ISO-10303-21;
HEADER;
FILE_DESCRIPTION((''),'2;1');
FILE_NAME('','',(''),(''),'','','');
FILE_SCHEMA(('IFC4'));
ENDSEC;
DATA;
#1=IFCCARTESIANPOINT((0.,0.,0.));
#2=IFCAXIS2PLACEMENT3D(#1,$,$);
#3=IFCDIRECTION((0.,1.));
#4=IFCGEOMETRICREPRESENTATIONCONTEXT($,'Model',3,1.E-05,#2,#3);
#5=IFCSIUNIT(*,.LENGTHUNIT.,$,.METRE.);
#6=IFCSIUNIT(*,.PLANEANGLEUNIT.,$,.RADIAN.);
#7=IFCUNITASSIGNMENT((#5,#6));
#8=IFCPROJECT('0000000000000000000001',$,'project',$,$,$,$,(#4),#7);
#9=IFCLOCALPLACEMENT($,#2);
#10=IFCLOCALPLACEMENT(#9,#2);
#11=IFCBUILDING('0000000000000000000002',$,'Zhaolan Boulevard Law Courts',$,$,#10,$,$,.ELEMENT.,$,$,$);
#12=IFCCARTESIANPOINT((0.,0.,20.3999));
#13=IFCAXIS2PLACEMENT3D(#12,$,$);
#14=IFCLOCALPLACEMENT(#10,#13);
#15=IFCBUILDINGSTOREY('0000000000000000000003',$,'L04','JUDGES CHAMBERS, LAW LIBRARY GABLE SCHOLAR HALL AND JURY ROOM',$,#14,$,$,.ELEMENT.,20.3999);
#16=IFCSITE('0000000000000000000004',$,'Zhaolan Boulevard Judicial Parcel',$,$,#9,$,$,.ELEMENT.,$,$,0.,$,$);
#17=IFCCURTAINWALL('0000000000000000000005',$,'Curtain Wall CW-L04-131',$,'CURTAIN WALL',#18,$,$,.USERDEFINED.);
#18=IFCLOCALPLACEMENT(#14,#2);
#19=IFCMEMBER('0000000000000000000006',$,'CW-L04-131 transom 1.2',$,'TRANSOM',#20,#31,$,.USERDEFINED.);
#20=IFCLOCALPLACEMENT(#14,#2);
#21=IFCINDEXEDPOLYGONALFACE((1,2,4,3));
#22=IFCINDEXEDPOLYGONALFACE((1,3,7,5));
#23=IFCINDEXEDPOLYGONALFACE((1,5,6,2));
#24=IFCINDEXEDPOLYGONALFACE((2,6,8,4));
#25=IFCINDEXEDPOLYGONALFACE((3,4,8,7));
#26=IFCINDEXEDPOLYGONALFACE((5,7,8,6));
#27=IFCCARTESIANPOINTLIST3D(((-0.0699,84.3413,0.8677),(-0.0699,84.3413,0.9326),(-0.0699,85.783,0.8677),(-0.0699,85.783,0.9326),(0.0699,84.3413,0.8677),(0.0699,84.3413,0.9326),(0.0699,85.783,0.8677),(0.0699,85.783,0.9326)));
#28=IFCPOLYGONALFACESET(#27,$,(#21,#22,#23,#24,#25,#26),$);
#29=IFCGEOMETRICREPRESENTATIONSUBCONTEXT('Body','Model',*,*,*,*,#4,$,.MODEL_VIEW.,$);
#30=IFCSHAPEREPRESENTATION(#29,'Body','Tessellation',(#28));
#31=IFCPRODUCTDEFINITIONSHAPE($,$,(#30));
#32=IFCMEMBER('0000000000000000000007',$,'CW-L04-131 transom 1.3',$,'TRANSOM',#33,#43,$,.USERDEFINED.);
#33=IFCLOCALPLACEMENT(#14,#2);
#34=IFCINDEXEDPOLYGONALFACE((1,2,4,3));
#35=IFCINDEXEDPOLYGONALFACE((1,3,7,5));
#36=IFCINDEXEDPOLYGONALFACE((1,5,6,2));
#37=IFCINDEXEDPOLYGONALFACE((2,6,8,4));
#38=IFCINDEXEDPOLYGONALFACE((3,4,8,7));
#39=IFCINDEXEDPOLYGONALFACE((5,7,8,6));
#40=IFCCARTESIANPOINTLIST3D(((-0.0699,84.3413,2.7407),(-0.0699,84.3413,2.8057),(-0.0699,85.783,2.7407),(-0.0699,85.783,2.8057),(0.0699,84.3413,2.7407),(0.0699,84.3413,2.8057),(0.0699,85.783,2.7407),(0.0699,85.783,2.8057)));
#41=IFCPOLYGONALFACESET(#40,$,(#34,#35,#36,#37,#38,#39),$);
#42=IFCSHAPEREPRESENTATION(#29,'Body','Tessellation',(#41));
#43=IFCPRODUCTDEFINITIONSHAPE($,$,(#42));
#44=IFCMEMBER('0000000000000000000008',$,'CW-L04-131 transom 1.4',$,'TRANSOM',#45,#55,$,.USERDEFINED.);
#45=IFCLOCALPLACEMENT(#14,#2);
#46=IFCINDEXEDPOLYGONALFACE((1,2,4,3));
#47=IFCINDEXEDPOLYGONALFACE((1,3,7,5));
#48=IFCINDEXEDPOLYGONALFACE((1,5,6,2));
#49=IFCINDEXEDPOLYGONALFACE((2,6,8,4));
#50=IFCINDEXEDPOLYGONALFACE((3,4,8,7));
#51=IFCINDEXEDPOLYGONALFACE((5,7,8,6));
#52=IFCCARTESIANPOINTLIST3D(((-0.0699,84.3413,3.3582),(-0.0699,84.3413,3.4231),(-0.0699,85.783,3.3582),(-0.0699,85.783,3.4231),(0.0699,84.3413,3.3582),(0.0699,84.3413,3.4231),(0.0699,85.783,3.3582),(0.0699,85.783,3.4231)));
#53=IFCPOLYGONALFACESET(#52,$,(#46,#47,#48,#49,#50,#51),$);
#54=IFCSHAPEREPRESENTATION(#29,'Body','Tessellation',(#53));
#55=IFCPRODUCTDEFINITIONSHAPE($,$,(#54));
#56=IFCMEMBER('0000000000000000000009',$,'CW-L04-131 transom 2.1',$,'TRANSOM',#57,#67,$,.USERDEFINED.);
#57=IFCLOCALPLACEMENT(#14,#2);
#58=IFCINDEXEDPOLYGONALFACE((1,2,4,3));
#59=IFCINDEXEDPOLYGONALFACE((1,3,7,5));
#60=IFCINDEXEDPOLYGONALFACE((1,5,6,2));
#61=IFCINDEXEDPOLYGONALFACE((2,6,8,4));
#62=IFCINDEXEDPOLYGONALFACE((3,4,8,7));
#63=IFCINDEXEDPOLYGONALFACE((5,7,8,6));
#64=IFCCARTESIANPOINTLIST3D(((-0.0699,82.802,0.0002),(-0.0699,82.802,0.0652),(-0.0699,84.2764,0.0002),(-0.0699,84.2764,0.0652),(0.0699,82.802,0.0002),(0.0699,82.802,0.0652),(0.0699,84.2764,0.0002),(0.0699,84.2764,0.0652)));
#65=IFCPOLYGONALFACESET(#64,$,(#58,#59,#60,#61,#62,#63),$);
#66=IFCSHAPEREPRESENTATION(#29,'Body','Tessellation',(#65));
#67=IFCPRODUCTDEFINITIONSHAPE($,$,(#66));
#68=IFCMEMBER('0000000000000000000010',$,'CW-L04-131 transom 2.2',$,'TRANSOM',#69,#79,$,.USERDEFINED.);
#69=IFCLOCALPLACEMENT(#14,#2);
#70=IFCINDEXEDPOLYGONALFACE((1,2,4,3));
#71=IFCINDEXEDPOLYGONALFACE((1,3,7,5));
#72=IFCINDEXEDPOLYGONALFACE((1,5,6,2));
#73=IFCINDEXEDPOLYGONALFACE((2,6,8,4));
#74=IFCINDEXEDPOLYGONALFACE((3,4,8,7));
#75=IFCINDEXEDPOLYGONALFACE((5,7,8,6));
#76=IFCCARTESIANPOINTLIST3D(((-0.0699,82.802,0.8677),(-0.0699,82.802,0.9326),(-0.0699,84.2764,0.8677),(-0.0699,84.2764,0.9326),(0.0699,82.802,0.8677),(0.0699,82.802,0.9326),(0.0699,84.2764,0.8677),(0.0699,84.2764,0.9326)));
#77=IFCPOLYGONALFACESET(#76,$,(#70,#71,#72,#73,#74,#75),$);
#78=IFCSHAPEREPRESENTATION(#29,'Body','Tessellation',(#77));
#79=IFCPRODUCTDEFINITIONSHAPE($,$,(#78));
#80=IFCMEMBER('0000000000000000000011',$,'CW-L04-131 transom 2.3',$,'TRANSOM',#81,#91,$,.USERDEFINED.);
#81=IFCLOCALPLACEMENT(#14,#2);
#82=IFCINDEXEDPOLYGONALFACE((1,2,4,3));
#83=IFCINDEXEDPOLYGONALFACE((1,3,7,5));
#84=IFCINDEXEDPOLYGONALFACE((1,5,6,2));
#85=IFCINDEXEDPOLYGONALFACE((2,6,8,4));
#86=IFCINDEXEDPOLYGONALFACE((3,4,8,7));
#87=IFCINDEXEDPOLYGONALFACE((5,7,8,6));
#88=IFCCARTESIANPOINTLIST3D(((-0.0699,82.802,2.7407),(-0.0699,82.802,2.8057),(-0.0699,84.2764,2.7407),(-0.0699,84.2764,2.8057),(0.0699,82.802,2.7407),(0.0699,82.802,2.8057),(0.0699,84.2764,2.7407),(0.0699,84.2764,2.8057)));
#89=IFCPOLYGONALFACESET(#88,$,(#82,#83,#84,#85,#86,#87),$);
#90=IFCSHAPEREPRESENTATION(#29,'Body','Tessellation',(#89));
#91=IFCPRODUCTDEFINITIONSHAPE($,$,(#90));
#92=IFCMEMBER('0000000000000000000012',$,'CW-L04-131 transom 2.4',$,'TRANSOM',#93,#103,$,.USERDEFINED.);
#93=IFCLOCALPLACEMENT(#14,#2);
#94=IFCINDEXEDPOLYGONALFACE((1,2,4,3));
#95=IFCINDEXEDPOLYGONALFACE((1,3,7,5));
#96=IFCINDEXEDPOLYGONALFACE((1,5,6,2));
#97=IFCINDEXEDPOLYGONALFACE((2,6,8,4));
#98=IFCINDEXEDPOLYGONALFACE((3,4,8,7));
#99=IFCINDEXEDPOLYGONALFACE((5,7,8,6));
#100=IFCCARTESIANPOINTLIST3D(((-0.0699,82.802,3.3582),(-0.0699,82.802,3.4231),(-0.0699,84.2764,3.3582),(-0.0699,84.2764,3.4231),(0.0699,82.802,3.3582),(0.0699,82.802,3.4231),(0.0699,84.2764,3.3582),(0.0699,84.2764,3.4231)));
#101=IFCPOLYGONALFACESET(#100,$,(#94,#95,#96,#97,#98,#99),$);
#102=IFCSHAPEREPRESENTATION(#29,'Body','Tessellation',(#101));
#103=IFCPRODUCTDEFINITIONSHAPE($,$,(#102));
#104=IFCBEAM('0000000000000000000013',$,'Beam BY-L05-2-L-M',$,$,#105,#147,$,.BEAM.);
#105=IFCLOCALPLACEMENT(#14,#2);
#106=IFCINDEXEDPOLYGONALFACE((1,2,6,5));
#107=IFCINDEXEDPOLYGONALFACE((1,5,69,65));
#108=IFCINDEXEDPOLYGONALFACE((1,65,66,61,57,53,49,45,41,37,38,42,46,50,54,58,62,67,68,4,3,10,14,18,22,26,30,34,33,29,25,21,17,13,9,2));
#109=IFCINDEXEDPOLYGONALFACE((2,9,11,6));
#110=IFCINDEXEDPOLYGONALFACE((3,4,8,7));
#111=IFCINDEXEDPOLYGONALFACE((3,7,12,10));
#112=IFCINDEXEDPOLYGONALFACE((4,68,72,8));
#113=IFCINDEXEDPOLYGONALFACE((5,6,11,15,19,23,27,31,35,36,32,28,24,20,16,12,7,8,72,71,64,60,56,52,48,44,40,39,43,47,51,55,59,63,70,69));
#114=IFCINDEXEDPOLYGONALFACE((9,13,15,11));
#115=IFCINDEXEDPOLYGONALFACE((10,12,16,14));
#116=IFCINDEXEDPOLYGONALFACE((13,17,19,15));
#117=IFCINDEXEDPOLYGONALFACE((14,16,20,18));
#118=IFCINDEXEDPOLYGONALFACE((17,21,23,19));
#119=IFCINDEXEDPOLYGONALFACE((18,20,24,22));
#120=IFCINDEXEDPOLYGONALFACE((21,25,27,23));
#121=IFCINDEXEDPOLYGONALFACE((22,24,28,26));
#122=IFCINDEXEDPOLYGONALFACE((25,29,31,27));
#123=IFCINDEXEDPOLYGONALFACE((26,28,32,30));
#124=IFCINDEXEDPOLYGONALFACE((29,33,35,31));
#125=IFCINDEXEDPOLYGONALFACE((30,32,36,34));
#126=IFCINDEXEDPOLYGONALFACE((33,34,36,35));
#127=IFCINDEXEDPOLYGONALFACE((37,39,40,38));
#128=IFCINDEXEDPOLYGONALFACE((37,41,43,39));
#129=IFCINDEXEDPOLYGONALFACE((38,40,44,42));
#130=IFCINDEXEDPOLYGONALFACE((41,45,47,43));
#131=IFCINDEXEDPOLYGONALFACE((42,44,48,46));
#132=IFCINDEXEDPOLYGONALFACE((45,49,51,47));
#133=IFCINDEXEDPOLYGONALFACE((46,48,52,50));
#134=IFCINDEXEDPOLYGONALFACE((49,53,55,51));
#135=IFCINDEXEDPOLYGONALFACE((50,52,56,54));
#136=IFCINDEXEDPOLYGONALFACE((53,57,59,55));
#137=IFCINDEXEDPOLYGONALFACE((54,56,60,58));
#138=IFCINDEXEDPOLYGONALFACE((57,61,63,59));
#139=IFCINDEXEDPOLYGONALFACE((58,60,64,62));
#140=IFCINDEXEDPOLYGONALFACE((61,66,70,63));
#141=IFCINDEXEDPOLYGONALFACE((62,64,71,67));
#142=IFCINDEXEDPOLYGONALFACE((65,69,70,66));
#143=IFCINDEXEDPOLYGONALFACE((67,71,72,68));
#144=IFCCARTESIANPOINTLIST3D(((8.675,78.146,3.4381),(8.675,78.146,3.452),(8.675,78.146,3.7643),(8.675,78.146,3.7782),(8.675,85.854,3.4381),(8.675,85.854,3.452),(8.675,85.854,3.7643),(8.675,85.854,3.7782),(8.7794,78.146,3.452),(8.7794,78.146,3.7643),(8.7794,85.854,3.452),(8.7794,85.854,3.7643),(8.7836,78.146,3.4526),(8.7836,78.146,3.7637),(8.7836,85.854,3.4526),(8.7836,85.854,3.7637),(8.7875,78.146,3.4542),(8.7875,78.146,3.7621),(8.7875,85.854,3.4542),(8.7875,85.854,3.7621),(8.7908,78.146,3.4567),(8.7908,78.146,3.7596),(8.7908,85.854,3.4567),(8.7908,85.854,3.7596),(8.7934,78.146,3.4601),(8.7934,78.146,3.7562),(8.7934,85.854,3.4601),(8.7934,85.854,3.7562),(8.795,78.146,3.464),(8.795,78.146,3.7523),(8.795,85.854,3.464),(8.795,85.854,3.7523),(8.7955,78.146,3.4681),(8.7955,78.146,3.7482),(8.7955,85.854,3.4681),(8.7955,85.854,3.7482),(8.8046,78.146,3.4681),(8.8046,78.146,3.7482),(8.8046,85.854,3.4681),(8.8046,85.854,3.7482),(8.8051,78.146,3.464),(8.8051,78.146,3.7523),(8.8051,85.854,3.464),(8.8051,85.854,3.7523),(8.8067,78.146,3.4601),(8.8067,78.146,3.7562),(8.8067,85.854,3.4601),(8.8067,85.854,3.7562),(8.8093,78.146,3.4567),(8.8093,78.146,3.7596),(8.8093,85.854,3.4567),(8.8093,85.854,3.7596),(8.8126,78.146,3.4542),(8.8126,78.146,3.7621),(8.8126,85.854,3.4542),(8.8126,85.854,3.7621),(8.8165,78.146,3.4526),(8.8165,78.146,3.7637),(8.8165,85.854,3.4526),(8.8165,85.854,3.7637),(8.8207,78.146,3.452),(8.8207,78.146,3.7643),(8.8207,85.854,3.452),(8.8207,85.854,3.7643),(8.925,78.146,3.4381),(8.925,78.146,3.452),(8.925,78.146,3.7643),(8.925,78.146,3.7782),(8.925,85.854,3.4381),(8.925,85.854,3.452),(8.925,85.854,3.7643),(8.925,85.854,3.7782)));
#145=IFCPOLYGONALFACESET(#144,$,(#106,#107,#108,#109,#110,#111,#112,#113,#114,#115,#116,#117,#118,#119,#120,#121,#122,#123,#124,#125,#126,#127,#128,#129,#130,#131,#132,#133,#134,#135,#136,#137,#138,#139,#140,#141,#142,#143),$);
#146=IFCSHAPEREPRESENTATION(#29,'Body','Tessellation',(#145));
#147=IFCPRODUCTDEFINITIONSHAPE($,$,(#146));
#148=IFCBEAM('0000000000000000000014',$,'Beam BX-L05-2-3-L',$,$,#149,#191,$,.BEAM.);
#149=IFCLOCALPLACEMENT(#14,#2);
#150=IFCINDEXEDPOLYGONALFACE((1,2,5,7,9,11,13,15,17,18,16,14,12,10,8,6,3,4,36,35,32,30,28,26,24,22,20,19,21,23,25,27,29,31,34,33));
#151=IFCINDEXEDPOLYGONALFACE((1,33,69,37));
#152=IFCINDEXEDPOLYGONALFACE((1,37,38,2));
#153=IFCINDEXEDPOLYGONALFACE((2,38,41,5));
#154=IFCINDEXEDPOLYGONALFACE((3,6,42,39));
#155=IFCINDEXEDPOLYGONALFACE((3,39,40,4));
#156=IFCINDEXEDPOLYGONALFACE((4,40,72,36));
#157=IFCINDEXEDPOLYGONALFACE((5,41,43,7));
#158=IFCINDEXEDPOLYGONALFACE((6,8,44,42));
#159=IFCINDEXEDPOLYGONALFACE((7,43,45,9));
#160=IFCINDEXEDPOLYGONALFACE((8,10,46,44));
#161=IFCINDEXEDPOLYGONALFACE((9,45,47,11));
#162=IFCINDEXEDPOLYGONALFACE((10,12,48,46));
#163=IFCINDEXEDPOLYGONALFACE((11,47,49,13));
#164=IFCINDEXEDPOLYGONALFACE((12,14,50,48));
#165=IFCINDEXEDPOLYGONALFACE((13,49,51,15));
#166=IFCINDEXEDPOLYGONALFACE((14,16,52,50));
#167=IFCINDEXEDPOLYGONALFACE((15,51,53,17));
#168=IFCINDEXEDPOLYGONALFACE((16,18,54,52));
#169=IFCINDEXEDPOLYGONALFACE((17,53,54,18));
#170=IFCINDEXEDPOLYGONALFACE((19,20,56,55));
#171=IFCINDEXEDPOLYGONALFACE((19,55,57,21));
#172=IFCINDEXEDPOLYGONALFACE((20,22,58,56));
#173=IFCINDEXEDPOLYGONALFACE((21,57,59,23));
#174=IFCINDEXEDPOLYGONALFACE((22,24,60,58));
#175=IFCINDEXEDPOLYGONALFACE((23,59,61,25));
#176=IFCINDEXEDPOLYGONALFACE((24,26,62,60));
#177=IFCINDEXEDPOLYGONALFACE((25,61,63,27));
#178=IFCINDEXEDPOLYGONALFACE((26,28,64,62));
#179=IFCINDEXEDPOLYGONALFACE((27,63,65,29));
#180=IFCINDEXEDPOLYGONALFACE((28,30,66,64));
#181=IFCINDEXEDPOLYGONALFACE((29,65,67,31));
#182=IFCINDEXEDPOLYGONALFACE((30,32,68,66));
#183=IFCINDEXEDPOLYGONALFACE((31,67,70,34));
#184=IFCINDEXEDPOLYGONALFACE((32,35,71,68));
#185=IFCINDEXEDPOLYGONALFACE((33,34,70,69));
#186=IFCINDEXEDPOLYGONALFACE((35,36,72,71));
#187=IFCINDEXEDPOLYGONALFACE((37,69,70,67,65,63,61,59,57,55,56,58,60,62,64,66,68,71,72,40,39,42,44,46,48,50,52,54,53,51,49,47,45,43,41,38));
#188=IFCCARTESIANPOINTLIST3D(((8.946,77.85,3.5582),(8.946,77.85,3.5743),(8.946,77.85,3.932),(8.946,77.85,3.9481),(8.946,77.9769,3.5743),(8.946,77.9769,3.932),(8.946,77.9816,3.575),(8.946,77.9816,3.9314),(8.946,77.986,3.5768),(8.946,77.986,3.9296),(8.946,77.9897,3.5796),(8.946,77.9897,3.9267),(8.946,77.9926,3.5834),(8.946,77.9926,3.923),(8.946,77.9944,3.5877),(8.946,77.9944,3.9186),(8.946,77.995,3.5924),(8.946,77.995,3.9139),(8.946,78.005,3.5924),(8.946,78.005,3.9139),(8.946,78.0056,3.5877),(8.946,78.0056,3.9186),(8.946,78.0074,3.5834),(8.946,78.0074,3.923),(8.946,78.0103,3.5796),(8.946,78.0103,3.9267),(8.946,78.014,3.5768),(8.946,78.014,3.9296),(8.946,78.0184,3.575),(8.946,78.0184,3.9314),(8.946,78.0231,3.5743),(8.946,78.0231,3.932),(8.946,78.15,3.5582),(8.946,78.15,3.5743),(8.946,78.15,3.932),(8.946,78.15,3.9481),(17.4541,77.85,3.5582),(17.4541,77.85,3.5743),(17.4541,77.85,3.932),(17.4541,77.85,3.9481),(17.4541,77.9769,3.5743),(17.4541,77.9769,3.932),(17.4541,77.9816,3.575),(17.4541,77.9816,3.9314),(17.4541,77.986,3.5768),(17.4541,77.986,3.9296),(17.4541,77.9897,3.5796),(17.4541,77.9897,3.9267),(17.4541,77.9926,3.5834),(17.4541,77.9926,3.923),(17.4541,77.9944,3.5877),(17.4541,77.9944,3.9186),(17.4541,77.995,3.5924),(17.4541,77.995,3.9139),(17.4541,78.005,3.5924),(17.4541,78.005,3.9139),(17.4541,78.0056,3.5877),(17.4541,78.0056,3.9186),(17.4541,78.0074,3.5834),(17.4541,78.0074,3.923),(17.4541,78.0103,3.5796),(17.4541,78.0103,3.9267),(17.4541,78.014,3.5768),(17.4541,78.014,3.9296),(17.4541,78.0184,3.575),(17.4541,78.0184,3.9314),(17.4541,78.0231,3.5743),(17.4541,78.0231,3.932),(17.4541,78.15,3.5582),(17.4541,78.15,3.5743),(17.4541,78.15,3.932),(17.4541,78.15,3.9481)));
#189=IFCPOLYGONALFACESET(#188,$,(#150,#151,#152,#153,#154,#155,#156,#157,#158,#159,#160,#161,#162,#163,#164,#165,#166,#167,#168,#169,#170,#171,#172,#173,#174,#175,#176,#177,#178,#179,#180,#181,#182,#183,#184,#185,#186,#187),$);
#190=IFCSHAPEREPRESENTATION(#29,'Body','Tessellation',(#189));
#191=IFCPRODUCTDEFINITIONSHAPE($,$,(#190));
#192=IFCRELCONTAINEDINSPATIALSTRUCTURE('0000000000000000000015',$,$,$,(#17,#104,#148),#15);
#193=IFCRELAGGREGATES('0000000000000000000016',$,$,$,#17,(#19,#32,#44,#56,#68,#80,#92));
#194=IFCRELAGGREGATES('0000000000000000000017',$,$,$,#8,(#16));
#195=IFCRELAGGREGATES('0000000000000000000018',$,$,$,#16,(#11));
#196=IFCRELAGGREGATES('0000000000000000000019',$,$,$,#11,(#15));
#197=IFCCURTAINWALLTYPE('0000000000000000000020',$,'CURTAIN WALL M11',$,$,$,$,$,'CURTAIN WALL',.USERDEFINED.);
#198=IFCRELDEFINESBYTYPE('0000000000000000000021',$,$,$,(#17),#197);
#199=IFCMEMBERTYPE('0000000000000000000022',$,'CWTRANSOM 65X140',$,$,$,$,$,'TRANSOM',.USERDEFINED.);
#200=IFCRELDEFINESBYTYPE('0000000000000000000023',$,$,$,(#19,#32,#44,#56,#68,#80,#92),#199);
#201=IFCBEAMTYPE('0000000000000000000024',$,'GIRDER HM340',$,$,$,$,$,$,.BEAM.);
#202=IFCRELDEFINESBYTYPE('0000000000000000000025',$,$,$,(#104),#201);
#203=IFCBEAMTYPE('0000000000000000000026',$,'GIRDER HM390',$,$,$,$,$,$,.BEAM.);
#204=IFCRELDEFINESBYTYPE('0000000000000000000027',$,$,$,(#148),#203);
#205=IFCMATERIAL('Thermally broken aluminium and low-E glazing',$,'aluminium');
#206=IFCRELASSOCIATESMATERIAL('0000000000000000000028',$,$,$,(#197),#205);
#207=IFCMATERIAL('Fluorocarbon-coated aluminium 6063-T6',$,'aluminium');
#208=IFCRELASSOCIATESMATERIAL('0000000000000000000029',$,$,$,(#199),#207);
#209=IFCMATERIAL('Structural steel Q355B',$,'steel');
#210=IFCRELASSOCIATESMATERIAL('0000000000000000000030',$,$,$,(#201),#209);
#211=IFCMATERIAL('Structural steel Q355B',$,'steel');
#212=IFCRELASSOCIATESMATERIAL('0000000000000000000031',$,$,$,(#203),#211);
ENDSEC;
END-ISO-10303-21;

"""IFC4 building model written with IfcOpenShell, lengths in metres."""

from ifc_helpers import new_model, si_unit, direction, frame, origin, origin_2d, place, context, subcontext, project, spatial, rectangle, i_section, extrude, material, material_profile, profile_set, type_object, element, aggregate, save


model = new_model("IFC4")

# Units and contexts
model_context = context("Model", 3, precision=1e-05, world=origin(), true_north=direction((0.0, 1.0)))
body_context = subcontext(model_context, "Body", "Model", "MODEL_VIEW")
ifc_project = project(units=[si_unit("LENGTHUNIT", "METRE"), si_unit("PLANEANGLEUNIT", "RADIAN")], contexts=[model_context])

# Site, building, storey
site_placement = place(None, origin())
site = spatial("IfcSite", under=ifc_project, at=site_placement, Name="Zhaolan Boulevard Judicial Parcel", CompositionType="ELEMENT", RefElevation=0.0)
building_placement = place(site_placement, origin())
building = spatial("IfcBuilding", under=site, at=building_placement, Name="Zhaolan Boulevard Law Courts", CompositionType="ELEMENT")
storey_placement = place(building_placement, frame((0.0, 0.0, 20.3999)))
storey = spatial("IfcBuildingStorey", under=building, at=storey_placement, Name="L04", Description="JUDGES CHAMBERS, LAW LIBRARY GABLE SCHOLAR HALL AND JURY ROOM", CompositionType="ELEMENT", Elevation=20.3999)

# Curtain wall, members
ifc_material_1 = material(Name="Thermally broken aluminium and low-E glazing", Category="aluminium")
curtain_wall_type = type_object("IfcCurtainWallType", Name="CURTAIN WALL M11", ElementType="CURTAIN WALL", PredefinedType="USERDEFINED", material=ifc_material_1)
curtain_wall_placement = place(storey_placement, origin())
curtain_wall = element("IfcCurtainWall", 1, at=curtain_wall_placement, inside=storey, type_object=curtain_wall_type, Name="Curtain Wall CW-L04-131", ObjectType="CURTAIN WALL", PredefinedType="USERDEFINED")
ifc_material_2 = material(Name="Fluorocarbon-coated aluminium 6063-T6", Category="aluminium")
ifc_material_profile_1 = material_profile(ifc_material_2, rectangle(XDim=0.1399, YDim=0.0649, at=origin_2d()), Name="AL65x140")
ifc_profile_set_1 = profile_set([ifc_material_profile_1], Name="Fluorocarbon-coated aluminium 6063-T6")
member_type_1 = type_object("IfcMemberType", Name="CWTRANSOM 65X140", ElementType="TRANSOM", PredefinedType="USERDEFINED", material=ifc_profile_set_1)
member_1_placement = place(storey_placement, frame((0.0, 85.783, 0.9001), z_axis=(0.0, -1.0, 0.0), x_axis=(1.0, 0.0, 0.0)))
member_1 = element("IfcMember", 2, at=member_1_placement, type_object=member_type_1, Name="CW-L04-131 transom 1.2", ObjectType="TRANSOM", PredefinedType="USERDEFINED", context=body_context, shape_type="SweptSolid", body=[
    extrude(rectangle(XDim=0.1399, YDim=0.0649, at=origin_2d()), origin(), (0.0, 0.0, 1.0), 1.4417),
])
member_2_placement = place(storey_placement, frame((0.0, 85.783, 2.7732), z_axis=(0.0, -1.0, 0.0), x_axis=(1.0, 0.0, 0.0)))
member_2 = element("IfcMember", 3, at=member_2_placement, type_object=member_type_1, Name="CW-L04-131 transom 1.3", ObjectType="TRANSOM", PredefinedType="USERDEFINED", context=body_context, shape_type="SweptSolid", body=[
    extrude(rectangle(XDim=0.1399, YDim=0.0649, at=origin_2d()), origin(), (0.0, 0.0, 1.0), 1.4417),
])
member_3_placement = place(storey_placement, frame((0.0, 85.783, 3.3906), z_axis=(0.0, -1.0, 0.0), x_axis=(1.0, 0.0, 0.0)))
member_3 = element("IfcMember", 4, at=member_3_placement, type_object=member_type_1, Name="CW-L04-131 transom 1.4", ObjectType="TRANSOM", PredefinedType="USERDEFINED", context=body_context, shape_type="SweptSolid", body=[
    extrude(rectangle(XDim=0.1399, YDim=0.0649, at=origin_2d()), origin(), (0.0, 0.0, 1.0), 1.4417),
])
member_4_placement = place(storey_placement, frame((0.0, 84.2764, 0.0327), z_axis=(0.0, -1.0, 0.0), x_axis=(1.0, 0.0, 0.0)))
member_4 = element("IfcMember", 5, at=member_4_placement, type_object=member_type_1, Name="CW-L04-131 transom 2.1", ObjectType="TRANSOM", PredefinedType="USERDEFINED", context=body_context, shape_type="SweptSolid", body=[
    extrude(rectangle(XDim=0.1399, YDim=0.0649, at=origin_2d()), origin(), (0.0, 0.0, 1.0), 1.4744),
])
member_5_placement = place(storey_placement, frame((0.0, 84.2764, 0.9001), z_axis=(0.0, -1.0, 0.0), x_axis=(1.0, 0.0, 0.0)))
member_5 = element("IfcMember", 6, at=member_5_placement, type_object=member_type_1, Name="CW-L04-131 transom 2.2", ObjectType="TRANSOM", PredefinedType="USERDEFINED", context=body_context, shape_type="SweptSolid", body=[
    extrude(rectangle(XDim=0.1399, YDim=0.0649, at=origin_2d()), origin(), (0.0, 0.0, 1.0), 1.4744),
])
member_6_placement = place(storey_placement, frame((0.0, 84.2764, 2.7732), z_axis=(0.0, -1.0, 0.0), x_axis=(1.0, 0.0, 0.0)))
member_6 = element("IfcMember", 7, at=member_6_placement, type_object=member_type_1, Name="CW-L04-131 transom 2.3", ObjectType="TRANSOM", PredefinedType="USERDEFINED", context=body_context, shape_type="SweptSolid", body=[
    extrude(rectangle(XDim=0.1399, YDim=0.0649, at=origin_2d()), origin(), (0.0, 0.0, 1.0), 1.4744),
])
member_7_placement = place(storey_placement, frame((0.0, 84.2764, 3.3906), z_axis=(0.0, -1.0, 0.0), x_axis=(1.0, 0.0, 0.0)))
member_7 = element("IfcMember", 8, at=member_7_placement, type_object=member_type_1, Name="CW-L04-131 transom 2.4", ObjectType="TRANSOM", PredefinedType="USERDEFINED", context=body_context, shape_type="SweptSolid", body=[
    extrude(rectangle(XDim=0.1399, YDim=0.0649, at=origin_2d()), origin(), (0.0, 0.0, 1.0), 1.4744),
])

# Beams
ifc_material_3 = material(Name="Structural steel Q355B", Category="steel")
ifc_material_profile_2 = material_profile(ifc_material_3, i_section(OverallWidth=0.25, OverallDepth=0.3401, WebThickness=0.009, FlangeThickness=0.0139, FilletRadius=0.0161, at=origin_2d()), Name="HM340x250")
ifc_profile_set_2 = profile_set([ifc_material_profile_2], Name="Structural steel Q355B")
beam_type_1 = type_object("IfcBeamType", Name="GIRDER HM340", PredefinedType="BEAM", material=ifc_profile_set_2)
beam_1_placement = place(storey_placement, frame((8.8, 78.146, 3.6082), z_axis=(0.0, 1.0, 0.0), x_axis=(-1.0, 0.0, 0.0)))
element("IfcBeam", 9, at=beam_1_placement, inside=storey, type_object=beam_type_1, Name="Beam BY-L05-2-L-M", PredefinedType="BEAM", context=body_context, shape_type="SweptSolid", body=[
    extrude(i_section(OverallWidth=0.25, OverallDepth=0.3401, WebThickness=0.009, FlangeThickness=0.0139, FilletRadius=0.0161, at=origin_2d()), origin(), (0.0, 0.0, 1.0), 7.708),
])
ifc_material_4 = material(Name="Structural steel Q355B", Category="steel")
ifc_material_profile_3 = material_profile(ifc_material_4, i_section(OverallWidth=0.3, OverallDepth=0.3899, WebThickness=0.01, FlangeThickness=0.0161, FilletRadius=0.0181, at=origin_2d()), Name="HM390x300")
ifc_profile_set_3 = profile_set([ifc_material_profile_3], Name="Structural steel Q355B")
beam_type_2 = type_object("IfcBeamType", Name="GIRDER HM390", PredefinedType="BEAM", material=ifc_profile_set_3)
for number, where, z_axis, x_axis, name in (
    (10, (8.946, 78.0, 3.7532), (1.0, 0.0, 0.0), (0.0, 1.0, 0.0), "Beam BX-L05-2-3-L"),
):
    element("IfcBeam", number, at=place(storey_placement, frame(where, z_axis=z_axis, x_axis=x_axis)), inside=storey, type_object=beam_type_2, Name=name, PredefinedType="BEAM", context=body_context, shape_type="SweptSolid", body=[
        extrude(i_section(OverallWidth=0.3, OverallDepth=0.3899, WebThickness=0.01, FlangeThickness=0.0161, FilletRadius=0.0181, at=origin_2d()), origin(), (0.0, 0.0, 1.0), 8.5081),
    ])

aggregate(curtain_wall, [member_1, member_2, member_3, member_4, member_5, member_6, member_7])

save(model, "model.ifc")
